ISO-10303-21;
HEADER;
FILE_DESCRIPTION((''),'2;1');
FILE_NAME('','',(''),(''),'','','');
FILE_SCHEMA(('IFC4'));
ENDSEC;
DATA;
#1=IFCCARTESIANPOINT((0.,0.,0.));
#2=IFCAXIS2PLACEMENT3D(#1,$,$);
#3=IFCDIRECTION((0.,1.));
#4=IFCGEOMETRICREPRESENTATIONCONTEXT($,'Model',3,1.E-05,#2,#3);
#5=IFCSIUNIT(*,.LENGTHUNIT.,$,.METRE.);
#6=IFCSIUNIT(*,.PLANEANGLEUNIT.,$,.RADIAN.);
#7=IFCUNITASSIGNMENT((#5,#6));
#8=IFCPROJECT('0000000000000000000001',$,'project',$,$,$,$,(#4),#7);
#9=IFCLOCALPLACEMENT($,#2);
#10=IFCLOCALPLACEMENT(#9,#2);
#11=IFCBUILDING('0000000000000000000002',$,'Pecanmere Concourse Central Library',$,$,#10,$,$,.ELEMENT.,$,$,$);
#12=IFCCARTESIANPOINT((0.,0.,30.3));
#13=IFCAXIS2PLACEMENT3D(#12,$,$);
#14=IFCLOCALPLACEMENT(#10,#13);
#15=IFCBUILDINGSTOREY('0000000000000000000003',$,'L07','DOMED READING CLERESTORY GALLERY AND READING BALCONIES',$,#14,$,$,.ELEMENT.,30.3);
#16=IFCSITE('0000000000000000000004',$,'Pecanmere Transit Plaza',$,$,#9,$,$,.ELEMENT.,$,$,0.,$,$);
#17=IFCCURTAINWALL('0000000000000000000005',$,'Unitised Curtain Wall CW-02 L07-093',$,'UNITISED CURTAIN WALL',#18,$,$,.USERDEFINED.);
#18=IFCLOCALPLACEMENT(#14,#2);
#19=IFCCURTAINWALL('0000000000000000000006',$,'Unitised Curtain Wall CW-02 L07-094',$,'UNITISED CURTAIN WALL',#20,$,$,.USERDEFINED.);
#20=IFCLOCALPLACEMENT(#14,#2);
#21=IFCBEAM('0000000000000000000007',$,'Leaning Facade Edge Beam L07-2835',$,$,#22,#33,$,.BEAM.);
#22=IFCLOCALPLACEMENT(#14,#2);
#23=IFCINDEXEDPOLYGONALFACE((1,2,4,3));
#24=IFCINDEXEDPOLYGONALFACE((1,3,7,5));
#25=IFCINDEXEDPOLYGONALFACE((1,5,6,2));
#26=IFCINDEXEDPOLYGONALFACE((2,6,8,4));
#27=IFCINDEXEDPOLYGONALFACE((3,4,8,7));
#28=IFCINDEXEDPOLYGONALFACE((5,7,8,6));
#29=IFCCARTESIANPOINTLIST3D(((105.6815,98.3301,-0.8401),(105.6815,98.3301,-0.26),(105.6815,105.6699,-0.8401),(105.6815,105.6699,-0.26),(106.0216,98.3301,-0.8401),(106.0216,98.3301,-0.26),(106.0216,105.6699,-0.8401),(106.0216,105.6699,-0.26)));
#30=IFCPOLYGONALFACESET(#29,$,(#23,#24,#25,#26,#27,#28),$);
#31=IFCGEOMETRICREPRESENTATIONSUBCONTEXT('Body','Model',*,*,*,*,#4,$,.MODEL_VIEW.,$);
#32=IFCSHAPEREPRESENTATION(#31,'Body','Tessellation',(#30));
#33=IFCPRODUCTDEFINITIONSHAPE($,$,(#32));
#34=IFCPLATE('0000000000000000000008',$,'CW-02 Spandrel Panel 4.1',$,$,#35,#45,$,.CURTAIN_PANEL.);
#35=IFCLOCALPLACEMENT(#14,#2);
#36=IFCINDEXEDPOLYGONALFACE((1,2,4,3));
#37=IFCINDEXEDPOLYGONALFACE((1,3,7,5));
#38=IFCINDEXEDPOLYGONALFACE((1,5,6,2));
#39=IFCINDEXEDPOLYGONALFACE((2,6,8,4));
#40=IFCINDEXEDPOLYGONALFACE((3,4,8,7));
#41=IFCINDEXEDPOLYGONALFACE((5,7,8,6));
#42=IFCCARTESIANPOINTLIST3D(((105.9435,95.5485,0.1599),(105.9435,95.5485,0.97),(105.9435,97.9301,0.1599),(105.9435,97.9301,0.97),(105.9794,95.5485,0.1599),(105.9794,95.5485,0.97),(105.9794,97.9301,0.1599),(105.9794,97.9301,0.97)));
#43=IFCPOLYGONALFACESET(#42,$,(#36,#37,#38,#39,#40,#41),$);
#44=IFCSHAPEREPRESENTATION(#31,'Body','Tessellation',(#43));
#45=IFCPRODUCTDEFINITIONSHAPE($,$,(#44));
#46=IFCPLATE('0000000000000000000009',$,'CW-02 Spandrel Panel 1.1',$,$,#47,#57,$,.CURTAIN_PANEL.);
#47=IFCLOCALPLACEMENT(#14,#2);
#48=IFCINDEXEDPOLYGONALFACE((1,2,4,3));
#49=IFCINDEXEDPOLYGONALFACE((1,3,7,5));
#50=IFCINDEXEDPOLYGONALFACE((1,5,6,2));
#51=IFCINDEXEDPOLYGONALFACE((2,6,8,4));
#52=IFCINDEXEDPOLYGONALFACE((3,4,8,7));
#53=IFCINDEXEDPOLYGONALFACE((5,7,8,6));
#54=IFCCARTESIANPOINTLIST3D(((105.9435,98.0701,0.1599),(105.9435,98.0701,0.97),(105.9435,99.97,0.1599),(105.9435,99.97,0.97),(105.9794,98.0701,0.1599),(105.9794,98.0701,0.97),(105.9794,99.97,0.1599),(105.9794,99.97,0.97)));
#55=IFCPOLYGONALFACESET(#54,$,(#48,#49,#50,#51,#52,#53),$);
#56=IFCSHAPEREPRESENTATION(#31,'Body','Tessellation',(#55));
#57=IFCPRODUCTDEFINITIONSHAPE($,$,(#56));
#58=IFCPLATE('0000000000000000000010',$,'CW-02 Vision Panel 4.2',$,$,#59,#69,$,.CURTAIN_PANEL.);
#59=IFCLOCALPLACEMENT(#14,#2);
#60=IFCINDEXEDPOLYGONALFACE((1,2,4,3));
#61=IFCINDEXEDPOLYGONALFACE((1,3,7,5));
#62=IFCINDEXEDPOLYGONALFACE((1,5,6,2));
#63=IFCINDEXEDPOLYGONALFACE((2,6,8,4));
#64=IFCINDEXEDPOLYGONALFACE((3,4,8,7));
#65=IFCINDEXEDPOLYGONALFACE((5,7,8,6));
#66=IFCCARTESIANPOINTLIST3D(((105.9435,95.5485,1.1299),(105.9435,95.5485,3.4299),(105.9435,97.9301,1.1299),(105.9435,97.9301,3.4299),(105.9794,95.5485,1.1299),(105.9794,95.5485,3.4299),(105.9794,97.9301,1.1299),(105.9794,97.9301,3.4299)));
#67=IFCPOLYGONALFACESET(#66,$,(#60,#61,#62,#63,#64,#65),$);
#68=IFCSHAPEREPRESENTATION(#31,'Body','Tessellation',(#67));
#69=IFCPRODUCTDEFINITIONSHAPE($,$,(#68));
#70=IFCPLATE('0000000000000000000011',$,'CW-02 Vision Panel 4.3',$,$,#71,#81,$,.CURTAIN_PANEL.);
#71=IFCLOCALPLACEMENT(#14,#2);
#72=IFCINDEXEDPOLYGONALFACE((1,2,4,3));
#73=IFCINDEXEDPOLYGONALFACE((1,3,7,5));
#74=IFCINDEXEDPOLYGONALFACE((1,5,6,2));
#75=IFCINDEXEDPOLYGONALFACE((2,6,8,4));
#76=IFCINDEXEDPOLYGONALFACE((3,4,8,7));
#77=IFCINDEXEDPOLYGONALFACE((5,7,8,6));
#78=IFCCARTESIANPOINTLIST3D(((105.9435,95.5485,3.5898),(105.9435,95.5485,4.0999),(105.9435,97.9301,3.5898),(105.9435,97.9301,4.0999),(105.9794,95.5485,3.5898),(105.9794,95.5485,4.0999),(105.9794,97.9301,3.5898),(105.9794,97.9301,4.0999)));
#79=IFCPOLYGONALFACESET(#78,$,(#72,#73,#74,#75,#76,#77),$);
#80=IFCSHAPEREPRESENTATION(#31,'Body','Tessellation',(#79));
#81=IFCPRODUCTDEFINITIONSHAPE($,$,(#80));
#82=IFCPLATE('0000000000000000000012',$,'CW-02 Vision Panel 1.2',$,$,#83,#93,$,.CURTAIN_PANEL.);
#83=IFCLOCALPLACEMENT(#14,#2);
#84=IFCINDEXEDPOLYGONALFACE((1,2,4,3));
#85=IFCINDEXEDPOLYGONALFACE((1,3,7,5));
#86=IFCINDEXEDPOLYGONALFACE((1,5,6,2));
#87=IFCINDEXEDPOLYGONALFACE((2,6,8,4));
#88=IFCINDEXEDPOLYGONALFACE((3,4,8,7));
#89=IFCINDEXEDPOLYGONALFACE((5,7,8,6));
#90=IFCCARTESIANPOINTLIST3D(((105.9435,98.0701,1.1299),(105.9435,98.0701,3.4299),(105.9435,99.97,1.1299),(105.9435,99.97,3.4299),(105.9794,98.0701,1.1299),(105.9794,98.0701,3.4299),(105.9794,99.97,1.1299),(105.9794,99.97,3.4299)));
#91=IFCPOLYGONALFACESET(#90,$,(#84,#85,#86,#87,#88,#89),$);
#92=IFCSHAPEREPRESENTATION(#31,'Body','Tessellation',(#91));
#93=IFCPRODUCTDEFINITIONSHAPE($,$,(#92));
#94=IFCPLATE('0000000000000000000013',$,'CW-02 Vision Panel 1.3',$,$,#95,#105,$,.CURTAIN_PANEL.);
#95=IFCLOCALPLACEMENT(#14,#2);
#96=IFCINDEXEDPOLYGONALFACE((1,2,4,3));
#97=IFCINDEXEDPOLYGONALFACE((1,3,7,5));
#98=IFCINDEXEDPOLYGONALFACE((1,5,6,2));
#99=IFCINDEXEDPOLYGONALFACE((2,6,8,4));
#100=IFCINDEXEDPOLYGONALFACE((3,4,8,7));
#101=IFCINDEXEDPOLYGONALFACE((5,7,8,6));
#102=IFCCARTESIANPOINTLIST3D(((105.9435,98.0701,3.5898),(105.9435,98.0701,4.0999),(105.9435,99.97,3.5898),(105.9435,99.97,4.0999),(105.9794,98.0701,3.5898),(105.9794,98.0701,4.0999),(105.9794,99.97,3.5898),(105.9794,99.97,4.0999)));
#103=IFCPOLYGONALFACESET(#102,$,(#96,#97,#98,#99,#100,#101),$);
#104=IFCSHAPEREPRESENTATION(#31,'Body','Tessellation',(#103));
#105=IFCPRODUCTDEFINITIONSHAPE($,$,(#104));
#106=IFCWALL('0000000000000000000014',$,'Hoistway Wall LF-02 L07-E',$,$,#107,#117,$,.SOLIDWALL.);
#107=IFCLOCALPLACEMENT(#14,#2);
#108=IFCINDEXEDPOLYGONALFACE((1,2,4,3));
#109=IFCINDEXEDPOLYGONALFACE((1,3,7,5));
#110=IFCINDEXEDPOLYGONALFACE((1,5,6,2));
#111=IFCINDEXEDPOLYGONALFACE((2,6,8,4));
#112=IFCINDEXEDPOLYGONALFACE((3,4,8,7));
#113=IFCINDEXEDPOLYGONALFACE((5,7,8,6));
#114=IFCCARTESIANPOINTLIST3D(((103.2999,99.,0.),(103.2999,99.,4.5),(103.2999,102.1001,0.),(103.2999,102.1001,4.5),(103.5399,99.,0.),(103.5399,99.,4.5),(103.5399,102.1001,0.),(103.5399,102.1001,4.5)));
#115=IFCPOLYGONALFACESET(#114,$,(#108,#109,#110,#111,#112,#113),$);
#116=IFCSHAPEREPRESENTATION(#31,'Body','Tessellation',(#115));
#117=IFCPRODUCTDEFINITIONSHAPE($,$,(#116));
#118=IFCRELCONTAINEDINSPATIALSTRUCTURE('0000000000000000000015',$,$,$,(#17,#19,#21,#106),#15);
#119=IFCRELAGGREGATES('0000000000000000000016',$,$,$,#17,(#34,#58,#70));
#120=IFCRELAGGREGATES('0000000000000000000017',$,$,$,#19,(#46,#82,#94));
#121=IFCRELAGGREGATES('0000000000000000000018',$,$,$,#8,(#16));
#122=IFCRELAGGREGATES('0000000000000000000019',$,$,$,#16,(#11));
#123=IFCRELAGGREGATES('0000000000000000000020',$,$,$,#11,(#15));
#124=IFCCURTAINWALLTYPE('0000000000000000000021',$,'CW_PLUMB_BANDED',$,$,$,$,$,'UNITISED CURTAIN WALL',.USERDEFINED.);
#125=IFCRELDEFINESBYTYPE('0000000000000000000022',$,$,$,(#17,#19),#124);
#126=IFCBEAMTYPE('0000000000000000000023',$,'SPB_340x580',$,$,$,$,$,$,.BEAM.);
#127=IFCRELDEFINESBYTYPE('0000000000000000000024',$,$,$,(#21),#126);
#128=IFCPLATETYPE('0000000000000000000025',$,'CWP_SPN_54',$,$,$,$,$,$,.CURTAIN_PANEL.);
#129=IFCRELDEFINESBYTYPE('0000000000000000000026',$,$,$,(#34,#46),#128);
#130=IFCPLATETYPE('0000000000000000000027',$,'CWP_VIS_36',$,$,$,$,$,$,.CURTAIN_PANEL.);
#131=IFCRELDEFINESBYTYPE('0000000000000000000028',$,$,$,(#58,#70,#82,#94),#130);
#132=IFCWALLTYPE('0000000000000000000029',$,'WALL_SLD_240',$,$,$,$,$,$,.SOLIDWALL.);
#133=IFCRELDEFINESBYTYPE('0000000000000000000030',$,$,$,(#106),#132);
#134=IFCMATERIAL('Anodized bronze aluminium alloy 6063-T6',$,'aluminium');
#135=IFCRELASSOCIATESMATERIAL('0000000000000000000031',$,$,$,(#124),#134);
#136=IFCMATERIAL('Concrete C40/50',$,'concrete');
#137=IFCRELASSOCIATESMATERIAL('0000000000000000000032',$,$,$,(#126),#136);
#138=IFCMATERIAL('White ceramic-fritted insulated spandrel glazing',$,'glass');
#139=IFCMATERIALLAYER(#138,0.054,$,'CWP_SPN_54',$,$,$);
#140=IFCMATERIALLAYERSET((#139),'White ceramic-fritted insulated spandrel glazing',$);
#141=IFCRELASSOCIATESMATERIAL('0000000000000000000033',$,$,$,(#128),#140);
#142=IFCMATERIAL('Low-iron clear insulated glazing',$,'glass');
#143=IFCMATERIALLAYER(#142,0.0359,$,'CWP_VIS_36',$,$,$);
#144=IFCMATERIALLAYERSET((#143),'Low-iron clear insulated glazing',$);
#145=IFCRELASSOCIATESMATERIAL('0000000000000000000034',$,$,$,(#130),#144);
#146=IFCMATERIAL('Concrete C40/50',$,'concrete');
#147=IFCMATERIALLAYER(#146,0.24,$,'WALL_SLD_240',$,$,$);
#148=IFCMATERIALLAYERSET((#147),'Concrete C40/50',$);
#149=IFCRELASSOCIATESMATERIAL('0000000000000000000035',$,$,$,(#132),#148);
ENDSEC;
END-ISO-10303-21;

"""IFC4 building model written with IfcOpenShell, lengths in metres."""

from ifc_helpers import new_model, si_unit, direction, frame, frame_2d, origin, origin_2d, place, context, subcontext, project, spatial, rectangle, extrude, material, layer, layer_set, material_profile, profile_set, type_object, element, aggregate, save


model = new_model("IFC4")

# Units and contexts
model_context = context("Model", 3, precision=1e-05, world=origin(), true_north=direction((0.0, 1.0)))
body_context = subcontext(model_context, "Body", "Model", "MODEL_VIEW")
ifc_project = project(units=[si_unit("LENGTHUNIT", "METRE"), si_unit("PLANEANGLEUNIT", "RADIAN")], contexts=[model_context])

# Site, building, storey
site_placement = place(None, origin())
site = spatial("IfcSite", under=ifc_project, at=site_placement, Name="Pecanmere Transit Plaza", CompositionType="ELEMENT", RefElevation=0.0)
building_placement = place(site_placement, origin())
building = spatial("IfcBuilding", under=site, at=building_placement, Name="Pecanmere Concourse Central Library", CompositionType="ELEMENT")
storey_placement = place(building_placement, frame((0.0, 0.0, 30.3)))
storey = spatial("IfcBuildingStorey", under=building, at=storey_placement, Name="L07", Description="DOMED READING CLERESTORY GALLERY AND READING BALCONIES", CompositionType="ELEMENT", Elevation=30.3)

# Curtain wall
ifc_material_1 = material(Name="Anodized bronze aluminium alloy 6063-T6", Category="aluminium")
curtain_wall_type = type_object("IfcCurtainWallType", Name="CW_PLUMB_BANDED", ElementType="UNITISED CURTAIN WALL", PredefinedType="USERDEFINED", material=ifc_material_1)
curtain_wall_1_placement = place(storey_placement, origin())
curtain_wall_1 = element("IfcCurtainWall", 1, at=curtain_wall_1_placement, inside=storey, type_object=curtain_wall_type, Name="Unitised Curtain Wall CW-02 L07-093", ObjectType="UNITISED CURTAIN WALL", PredefinedType="USERDEFINED")

# Curtain wall
curtain_wall_2_placement = place(storey_placement, origin())
curtain_wall_2 = element("IfcCurtainWall", 2, at=curtain_wall_2_placement, inside=storey, type_object=curtain_wall_type, Name="Unitised Curtain Wall CW-02 L07-094", ObjectType="UNITISED CURTAIN WALL", PredefinedType="USERDEFINED")

# Beam
ifc_material_2 = material(Name="Concrete C40/50", Category="concrete")
ifc_material_profile_1 = material_profile(ifc_material_2, rectangle(XDim=0.3401, YDim=0.5801, at=origin_2d()), Name="RC 340x580")
ifc_profile_set_1 = profile_set([ifc_material_profile_1], Name="Concrete C40/50")
beam_type_1 = type_object("IfcBeamType", Name="SPB_340x580", PredefinedType="BEAM", material=ifc_profile_set_1)
beam_1_placement = place(storey_placement, frame((105.8516, 98.3301, -0.55), z_axis=(0.0, 1.0, 0.0), x_axis=(-1.0, 0.0, 0.0)))
element("IfcBeam", 3, at=beam_1_placement, inside=storey, type_object=beam_type_1, Name="Leaning Facade Edge Beam L07-2835", PredefinedType="BEAM", context=body_context, shape_type="SweptSolid", body=[
    extrude(rectangle(XDim=0.3401, YDim=0.5801, at=origin_2d()), origin(), (0.0, 0.0, 1.0), 7.3398),
])

# Plates
ifc_material_3 = material(Name="White ceramic-fritted insulated spandrel glazing", Category="glass")
ifc_layer_1 = layer(ifc_material_3, 0.054, Name="CWP_SPN_54")
ifc_layer_set_1 = layer_set([ifc_layer_1], Name="White ceramic-fritted insulated spandrel glazing")
plate_type_1 = type_object("IfcPlateType", Name="CWP_SPN_54", PredefinedType="CURTAIN_PANEL", material=ifc_layer_set_1)
plate_1_placement = place(storey_placement, frame((105.9614, 96.7393, 0.1599), z_axis=(0.0, 0.0, 1.0), x_axis=(0.0, 1.0, 0.0)))
plate_1 = element("IfcPlate", 4, at=plate_1_placement, type_object=plate_type_1, Name="CW-02 Spandrel Panel 4.1", PredefinedType="CURTAIN_PANEL", context=body_context, shape_type="SweptSolid", body=[
    extrude(rectangle(XDim=2.3816, YDim=0.0359, at=origin_2d()), origin(), (0.0, 0.0, 1.0), 0.8101),
])
plate_2_placement = place(storey_placement, frame((105.9614, 99.02, 0.1599), z_axis=(0.0, 0.0, 1.0), x_axis=(0.0, 1.0, 0.0)))
plate_2 = element("IfcPlate", 5, at=plate_2_placement, type_object=plate_type_1, Name="CW-02 Spandrel Panel 1.1", PredefinedType="CURTAIN_PANEL", context=body_context, shape_type="SweptSolid", body=[
    extrude(rectangle(XDim=1.8999, YDim=0.0359, at=origin_2d()), origin(), (0.0, 0.0, 1.0), 0.8101),
])
ifc_material_4 = material(Name="Low-iron clear insulated glazing", Category="glass")
ifc_layer_2 = layer(ifc_material_4, 0.0359, Name="CWP_VIS_36")
ifc_layer_set_2 = layer_set([ifc_layer_2], Name="Low-iron clear insulated glazing")
plate_type_2 = type_object("IfcPlateType", Name="CWP_VIS_36", PredefinedType="CURTAIN_PANEL", material=ifc_layer_set_2)
plate_3_placement = place(storey_placement, frame((105.9614, 96.7393, 1.1299), z_axis=(0.0, 0.0, 1.0), x_axis=(0.0, 1.0, 0.0)))
plate_3 = element("IfcPlate", 6, at=plate_3_placement, type_object=plate_type_2, Name="CW-02 Vision Panel 4.2", PredefinedType="CURTAIN_PANEL", context=body_context, shape_type="SweptSolid", body=[
    extrude(rectangle(XDim=2.3816, YDim=0.0359, at=origin_2d()), origin(), (0.0, 0.0, 1.0), 2.3),
])
plate_4_placement = place(storey_placement, frame((105.9614, 96.7393, 3.5898), z_axis=(0.0, 0.0, 1.0), x_axis=(0.0, 1.0, 0.0)))
plate_4 = element("IfcPlate", 7, at=plate_4_placement, type_object=plate_type_2, Name="CW-02 Vision Panel 4.3", PredefinedType="CURTAIN_PANEL", context=body_context, shape_type="SweptSolid", body=[
    extrude(rectangle(XDim=2.3816, YDim=0.0359, at=origin_2d()), origin(), (0.0, 0.0, 1.0), 0.51),
])
aggregate(curtain_wall_1, [plate_1, plate_3, plate_4])
plate_5_placement = place(storey_placement, frame((105.9614, 99.02, 1.1299), z_axis=(0.0, 0.0, 1.0), x_axis=(0.0, 1.0, 0.0)))
plate_5 = element("IfcPlate", 8, at=plate_5_placement, type_object=plate_type_2, Name="CW-02 Vision Panel 1.2", PredefinedType="CURTAIN_PANEL", context=body_context, shape_type="SweptSolid", body=[
    extrude(rectangle(XDim=1.8999, YDim=0.0359, at=origin_2d()), origin(), (0.0, 0.0, 1.0), 2.3),
])
plate_6_placement = place(storey_placement, frame((105.9614, 99.02, 3.5898), z_axis=(0.0, 0.0, 1.0), x_axis=(0.0, 1.0, 0.0)))
plate_6 = element("IfcPlate", 9, at=plate_6_placement, type_object=plate_type_2, Name="CW-02 Vision Panel 1.3", PredefinedType="CURTAIN_PANEL", context=body_context, shape_type="SweptSolid", body=[
    extrude(rectangle(XDim=1.8999, YDim=0.0359, at=origin_2d()), origin(), (0.0, 0.0, 1.0), 0.51),
])
aggregate(curtain_wall_2, [plate_2, plate_5, plate_6])

# Wall
ifc_material_5 = material(Name="Concrete C40/50", Category="concrete")
ifc_layer_3 = layer(ifc_material_5, 0.24, Name="WALL_SLD_240")
ifc_layer_set_3 = layer_set([ifc_layer_3], Name="Concrete C40/50")
wall_type = type_object("IfcWallType", Name="WALL_SLD_240", PredefinedType="SOLIDWALL", material=ifc_layer_set_3)
wall_placement = place(storey_placement, frame((103.4199, 99.0, 0.0), z_axis=(0.0, 0.0, 1.0), x_axis=(0.0, 1.0, 0.0)))
element("IfcWall", 10, at=wall_placement, inside=storey, type_object=wall_type, Name="Hoistway Wall LF-02 L07-E", PredefinedType="SOLIDWALL", context=body_context, shape_type="SweptSolid", body=[
    extrude(rectangle(XDim=3.1001, YDim=0.24, at=frame_2d((1.55, 0.0))), origin(), (0.0, 0.0, 1.0), 4.5),
])

save(model, "model.ifc")
